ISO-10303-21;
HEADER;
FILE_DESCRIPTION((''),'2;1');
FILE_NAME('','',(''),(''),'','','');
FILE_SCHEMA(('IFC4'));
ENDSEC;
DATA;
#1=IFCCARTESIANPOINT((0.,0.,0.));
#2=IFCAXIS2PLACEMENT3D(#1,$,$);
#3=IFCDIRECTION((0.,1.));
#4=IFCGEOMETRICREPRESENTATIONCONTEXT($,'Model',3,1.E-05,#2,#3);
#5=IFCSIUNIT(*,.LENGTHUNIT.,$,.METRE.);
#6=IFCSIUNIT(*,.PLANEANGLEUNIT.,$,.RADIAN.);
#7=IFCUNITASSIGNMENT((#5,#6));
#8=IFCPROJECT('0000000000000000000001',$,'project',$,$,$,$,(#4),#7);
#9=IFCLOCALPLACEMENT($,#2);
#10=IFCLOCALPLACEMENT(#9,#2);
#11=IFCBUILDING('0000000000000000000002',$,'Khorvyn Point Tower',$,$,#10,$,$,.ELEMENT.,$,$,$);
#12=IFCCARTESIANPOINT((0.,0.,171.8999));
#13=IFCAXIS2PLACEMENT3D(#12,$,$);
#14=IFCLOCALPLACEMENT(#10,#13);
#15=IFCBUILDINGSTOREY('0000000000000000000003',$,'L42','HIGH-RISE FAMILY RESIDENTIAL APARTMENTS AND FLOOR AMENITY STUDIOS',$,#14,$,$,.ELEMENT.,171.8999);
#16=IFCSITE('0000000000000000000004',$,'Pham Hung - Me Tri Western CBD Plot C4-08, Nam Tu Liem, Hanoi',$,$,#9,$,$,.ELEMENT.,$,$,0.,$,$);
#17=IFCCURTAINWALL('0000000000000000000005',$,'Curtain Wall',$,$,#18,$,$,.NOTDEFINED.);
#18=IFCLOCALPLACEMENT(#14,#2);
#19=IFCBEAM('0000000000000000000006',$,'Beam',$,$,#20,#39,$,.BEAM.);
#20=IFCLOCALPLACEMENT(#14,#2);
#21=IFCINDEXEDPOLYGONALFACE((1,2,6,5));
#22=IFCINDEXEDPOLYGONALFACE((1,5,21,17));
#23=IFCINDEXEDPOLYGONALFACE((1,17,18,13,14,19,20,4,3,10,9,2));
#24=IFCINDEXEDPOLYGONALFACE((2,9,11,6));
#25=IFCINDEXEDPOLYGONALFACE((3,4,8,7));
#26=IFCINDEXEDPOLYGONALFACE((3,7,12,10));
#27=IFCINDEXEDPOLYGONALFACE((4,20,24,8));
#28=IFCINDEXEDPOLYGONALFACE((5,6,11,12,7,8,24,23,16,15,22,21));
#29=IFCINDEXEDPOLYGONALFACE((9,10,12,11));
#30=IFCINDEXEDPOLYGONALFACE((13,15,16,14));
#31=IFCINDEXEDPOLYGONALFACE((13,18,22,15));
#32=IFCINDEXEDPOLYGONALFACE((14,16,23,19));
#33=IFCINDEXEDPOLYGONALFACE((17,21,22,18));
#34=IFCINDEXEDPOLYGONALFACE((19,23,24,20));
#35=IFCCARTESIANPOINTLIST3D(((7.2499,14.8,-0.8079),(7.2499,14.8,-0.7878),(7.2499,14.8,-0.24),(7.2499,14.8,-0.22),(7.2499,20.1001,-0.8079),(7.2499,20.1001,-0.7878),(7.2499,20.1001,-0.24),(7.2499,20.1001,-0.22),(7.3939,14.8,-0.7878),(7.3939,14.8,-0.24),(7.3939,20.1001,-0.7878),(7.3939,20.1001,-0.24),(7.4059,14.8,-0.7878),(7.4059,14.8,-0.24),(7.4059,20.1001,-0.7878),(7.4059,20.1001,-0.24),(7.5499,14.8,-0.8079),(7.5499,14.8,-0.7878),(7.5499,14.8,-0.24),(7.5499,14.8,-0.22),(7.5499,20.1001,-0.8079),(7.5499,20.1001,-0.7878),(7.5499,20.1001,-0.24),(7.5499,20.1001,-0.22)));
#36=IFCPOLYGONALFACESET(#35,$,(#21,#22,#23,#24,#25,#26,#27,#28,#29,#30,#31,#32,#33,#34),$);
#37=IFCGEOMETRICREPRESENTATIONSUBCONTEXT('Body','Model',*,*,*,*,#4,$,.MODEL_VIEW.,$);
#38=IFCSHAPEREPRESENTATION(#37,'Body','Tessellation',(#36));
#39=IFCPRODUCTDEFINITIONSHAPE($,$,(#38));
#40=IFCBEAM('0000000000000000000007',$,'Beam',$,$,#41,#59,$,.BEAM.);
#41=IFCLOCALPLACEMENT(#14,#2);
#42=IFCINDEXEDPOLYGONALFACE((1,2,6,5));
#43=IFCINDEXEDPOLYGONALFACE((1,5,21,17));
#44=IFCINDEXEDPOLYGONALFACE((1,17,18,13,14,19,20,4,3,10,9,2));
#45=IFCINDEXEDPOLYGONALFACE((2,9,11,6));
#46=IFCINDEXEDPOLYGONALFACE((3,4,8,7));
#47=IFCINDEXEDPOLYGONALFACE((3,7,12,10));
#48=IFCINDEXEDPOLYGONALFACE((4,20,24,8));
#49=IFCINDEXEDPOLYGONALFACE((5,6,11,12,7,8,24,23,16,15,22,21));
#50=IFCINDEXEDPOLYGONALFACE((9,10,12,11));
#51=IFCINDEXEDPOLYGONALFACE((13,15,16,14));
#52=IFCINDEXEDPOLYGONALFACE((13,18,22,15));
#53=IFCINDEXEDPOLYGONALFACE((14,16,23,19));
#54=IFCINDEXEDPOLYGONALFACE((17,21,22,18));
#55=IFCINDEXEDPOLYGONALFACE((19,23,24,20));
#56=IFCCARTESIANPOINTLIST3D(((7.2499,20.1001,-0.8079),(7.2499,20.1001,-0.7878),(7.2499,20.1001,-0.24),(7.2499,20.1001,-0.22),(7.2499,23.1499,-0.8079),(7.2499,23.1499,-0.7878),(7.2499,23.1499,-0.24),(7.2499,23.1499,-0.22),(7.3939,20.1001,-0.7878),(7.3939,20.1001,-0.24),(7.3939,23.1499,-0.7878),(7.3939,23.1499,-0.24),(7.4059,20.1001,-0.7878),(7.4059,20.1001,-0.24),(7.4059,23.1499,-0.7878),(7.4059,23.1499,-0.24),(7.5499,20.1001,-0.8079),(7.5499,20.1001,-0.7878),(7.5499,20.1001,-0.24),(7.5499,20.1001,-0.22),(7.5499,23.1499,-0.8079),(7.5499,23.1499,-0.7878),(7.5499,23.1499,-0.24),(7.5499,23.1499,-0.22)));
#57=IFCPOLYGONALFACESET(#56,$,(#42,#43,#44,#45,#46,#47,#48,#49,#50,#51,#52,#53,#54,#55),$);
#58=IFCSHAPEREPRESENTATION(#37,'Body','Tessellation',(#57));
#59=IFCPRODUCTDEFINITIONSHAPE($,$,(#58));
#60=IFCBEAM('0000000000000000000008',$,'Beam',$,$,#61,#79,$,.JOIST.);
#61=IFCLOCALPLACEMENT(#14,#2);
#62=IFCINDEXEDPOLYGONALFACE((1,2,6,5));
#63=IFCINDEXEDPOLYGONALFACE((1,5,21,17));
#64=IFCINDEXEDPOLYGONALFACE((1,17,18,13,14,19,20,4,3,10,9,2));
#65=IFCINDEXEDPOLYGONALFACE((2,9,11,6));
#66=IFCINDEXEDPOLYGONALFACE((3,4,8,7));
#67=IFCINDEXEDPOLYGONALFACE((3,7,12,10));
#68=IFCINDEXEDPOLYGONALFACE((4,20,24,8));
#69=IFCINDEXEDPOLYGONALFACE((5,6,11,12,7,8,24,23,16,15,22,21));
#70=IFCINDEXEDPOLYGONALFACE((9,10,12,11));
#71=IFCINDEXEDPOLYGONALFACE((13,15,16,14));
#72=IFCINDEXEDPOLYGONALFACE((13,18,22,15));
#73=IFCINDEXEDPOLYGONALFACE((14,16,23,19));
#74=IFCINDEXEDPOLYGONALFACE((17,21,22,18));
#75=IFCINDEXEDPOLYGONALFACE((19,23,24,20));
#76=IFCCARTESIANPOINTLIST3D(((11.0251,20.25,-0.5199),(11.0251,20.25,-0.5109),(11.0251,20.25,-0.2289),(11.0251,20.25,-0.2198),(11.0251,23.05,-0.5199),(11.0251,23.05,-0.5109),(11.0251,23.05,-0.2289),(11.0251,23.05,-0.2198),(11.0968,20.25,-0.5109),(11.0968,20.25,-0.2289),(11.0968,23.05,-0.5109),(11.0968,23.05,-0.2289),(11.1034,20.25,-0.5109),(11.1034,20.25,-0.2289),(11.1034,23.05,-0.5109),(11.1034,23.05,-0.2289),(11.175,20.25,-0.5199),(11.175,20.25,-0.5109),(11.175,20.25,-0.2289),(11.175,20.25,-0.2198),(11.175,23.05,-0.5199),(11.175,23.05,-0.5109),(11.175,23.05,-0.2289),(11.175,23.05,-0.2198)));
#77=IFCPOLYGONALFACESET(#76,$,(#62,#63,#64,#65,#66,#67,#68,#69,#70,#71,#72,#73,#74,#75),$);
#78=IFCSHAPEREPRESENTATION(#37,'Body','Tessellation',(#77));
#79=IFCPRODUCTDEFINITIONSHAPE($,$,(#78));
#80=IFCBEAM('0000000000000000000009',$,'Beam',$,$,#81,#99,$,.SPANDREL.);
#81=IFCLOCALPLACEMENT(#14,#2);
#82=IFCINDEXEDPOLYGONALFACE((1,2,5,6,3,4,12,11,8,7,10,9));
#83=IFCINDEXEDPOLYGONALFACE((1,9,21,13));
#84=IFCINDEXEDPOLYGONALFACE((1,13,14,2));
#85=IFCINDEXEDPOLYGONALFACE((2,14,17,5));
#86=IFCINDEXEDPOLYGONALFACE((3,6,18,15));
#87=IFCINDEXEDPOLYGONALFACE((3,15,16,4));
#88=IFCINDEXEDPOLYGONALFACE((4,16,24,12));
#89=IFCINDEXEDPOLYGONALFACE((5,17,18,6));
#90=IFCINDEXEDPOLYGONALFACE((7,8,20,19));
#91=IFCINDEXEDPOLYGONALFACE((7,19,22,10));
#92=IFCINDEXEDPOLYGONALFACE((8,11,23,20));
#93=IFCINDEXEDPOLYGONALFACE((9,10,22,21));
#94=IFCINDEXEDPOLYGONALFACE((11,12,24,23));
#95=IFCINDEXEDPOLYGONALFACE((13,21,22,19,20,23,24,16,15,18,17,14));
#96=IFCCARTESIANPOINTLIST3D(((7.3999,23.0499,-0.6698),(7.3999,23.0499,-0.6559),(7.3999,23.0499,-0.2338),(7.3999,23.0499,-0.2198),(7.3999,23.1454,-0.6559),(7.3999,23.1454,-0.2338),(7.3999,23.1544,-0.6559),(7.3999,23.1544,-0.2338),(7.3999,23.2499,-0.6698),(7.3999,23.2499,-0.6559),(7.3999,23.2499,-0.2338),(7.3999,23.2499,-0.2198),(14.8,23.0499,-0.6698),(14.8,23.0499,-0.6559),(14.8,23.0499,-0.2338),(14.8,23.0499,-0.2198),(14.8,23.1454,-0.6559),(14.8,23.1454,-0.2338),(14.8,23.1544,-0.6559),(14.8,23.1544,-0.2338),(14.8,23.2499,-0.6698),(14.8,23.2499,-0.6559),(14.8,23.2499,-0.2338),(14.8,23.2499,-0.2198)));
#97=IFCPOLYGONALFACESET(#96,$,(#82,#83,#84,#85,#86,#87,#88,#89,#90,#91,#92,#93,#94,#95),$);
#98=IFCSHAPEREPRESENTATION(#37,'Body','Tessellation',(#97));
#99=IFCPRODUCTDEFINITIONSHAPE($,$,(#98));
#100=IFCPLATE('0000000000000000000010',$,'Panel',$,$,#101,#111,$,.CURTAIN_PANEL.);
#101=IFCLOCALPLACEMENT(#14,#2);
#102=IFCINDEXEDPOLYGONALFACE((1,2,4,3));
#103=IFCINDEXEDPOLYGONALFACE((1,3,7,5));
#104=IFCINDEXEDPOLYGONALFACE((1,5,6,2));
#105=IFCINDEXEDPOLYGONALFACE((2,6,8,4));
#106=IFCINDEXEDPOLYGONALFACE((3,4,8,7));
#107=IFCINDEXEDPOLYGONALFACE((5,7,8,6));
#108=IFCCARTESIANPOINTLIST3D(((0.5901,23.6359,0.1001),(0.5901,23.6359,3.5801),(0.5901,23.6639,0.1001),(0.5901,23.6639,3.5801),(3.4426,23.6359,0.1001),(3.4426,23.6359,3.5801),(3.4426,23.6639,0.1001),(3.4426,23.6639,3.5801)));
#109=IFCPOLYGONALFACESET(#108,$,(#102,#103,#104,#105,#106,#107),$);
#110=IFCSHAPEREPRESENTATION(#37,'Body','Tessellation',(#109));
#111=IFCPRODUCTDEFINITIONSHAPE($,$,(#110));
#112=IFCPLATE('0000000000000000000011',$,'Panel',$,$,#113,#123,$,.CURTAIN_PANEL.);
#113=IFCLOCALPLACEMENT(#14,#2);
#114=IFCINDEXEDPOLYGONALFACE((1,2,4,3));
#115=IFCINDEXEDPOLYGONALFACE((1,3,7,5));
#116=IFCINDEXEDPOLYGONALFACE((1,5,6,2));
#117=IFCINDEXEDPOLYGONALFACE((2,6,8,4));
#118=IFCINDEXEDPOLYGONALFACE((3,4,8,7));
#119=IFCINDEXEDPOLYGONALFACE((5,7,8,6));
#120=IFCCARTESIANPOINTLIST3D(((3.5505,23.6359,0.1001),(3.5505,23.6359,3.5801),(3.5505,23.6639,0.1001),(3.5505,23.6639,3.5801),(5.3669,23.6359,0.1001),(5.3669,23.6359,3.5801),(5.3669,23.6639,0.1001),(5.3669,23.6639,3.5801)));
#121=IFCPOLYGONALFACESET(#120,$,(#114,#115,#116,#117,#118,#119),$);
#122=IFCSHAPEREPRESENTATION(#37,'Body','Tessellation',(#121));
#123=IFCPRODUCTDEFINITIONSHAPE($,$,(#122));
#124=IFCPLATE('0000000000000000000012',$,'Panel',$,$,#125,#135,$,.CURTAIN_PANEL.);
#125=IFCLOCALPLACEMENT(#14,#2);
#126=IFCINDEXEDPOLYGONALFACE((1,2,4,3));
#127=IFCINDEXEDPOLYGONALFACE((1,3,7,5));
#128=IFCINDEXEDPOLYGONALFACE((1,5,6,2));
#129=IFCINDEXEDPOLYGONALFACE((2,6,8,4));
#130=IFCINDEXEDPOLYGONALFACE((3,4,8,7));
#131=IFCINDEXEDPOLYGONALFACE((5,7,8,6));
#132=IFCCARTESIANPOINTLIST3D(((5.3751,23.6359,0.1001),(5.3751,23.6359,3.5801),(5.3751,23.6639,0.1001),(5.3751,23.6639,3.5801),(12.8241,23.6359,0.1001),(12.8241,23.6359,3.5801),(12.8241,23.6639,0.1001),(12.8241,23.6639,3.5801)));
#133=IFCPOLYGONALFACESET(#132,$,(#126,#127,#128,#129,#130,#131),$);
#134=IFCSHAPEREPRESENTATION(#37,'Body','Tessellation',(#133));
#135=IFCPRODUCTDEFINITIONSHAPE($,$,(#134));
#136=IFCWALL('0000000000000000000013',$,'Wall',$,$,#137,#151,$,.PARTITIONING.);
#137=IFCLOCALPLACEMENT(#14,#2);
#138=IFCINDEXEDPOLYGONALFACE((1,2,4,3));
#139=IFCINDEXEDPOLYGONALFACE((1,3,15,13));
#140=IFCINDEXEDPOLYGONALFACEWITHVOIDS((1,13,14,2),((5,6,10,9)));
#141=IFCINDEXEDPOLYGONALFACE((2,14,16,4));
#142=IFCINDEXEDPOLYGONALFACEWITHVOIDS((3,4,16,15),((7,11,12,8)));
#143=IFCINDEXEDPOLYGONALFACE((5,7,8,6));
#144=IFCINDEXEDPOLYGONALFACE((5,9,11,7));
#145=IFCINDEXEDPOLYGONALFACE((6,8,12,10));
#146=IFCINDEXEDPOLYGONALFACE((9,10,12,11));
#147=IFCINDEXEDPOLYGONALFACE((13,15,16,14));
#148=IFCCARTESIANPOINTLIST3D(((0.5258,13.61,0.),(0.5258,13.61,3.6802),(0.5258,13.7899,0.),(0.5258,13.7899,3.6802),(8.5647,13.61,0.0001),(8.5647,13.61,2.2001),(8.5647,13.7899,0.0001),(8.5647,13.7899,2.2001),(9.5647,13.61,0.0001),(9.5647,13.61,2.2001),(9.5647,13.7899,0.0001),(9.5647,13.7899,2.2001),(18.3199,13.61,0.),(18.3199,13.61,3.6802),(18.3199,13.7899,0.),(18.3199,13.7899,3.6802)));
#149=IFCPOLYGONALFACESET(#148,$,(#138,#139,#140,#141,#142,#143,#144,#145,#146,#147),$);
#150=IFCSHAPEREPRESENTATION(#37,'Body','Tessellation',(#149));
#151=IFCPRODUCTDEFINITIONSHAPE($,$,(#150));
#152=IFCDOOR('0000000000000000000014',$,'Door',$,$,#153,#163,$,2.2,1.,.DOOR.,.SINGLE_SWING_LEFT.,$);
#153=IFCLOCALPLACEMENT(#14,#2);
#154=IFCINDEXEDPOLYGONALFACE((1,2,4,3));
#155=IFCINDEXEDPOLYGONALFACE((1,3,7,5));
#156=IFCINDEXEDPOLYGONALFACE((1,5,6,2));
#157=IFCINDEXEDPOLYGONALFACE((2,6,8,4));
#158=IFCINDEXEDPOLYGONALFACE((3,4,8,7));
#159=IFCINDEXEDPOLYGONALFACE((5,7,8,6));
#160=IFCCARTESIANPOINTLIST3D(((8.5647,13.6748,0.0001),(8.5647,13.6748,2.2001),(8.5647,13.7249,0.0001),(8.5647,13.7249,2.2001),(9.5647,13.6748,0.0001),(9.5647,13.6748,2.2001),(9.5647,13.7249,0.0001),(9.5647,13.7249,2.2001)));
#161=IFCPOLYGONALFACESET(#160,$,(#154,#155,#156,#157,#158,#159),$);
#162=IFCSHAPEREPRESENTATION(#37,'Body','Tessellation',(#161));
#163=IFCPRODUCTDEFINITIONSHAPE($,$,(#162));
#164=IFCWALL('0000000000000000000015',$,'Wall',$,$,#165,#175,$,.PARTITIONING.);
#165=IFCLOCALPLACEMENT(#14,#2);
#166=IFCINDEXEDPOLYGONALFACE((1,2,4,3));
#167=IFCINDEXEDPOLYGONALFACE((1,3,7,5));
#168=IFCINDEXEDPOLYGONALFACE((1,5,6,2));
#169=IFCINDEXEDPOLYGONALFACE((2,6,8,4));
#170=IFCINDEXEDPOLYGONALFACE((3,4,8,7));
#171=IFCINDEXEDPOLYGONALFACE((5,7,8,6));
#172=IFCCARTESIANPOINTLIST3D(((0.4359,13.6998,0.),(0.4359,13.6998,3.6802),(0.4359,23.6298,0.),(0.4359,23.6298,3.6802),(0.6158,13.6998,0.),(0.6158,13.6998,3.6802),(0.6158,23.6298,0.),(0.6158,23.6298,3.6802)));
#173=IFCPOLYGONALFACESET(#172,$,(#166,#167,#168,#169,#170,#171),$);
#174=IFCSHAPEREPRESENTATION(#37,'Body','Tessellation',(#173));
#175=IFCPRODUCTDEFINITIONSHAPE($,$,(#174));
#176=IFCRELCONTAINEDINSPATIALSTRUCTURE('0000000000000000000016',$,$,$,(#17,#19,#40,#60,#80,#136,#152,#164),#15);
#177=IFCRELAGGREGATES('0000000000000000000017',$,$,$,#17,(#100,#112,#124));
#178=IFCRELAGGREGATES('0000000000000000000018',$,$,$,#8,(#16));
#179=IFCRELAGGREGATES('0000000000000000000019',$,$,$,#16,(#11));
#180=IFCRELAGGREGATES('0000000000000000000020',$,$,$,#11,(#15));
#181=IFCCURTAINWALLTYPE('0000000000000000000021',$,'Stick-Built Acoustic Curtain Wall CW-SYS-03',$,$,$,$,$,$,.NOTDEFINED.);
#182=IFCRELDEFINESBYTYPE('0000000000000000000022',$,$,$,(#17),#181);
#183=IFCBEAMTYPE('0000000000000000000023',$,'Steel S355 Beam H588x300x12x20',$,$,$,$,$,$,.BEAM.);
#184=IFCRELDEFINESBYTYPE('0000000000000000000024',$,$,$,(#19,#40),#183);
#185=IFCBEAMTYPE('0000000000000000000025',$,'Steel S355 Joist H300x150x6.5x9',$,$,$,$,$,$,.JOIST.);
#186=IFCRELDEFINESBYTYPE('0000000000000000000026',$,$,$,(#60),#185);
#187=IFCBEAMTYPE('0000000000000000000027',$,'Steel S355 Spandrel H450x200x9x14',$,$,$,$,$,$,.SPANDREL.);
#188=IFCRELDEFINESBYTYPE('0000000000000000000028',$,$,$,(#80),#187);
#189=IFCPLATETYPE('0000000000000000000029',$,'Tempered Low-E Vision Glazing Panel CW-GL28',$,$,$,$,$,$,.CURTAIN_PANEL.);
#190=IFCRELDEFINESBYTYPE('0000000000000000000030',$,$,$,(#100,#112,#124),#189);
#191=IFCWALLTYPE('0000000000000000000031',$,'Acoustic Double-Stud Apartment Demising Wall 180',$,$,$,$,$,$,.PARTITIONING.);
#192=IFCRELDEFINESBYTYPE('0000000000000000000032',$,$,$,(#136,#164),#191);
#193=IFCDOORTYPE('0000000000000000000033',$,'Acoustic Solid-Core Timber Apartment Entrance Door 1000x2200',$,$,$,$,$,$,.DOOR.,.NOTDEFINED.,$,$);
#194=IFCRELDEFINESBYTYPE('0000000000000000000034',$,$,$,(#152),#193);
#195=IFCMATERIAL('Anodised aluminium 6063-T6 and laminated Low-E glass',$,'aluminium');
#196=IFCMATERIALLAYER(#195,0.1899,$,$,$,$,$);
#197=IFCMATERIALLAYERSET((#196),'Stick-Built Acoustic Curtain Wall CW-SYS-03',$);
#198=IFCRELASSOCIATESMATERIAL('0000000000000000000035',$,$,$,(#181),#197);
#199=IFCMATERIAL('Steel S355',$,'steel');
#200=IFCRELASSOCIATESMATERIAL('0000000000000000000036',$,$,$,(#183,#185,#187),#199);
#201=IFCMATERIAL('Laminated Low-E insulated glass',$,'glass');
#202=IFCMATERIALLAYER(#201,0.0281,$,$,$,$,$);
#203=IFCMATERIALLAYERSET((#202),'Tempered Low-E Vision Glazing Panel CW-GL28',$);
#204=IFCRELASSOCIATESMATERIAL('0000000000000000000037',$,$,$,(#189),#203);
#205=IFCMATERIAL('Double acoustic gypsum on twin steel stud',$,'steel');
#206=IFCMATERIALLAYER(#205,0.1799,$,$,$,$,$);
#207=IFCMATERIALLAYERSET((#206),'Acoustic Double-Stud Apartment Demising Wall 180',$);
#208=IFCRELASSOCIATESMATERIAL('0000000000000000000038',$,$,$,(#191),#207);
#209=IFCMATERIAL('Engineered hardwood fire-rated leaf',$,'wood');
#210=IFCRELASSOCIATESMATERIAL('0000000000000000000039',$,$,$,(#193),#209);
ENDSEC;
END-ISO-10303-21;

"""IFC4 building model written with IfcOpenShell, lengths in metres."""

from ifc_helpers import new_model, si_unit, direction, frame, frame_2d, origin, origin_2d, place, context, subcontext, project, spatial, rectangle, i_section, extrude, material, layer, layer_set, material_profile, profile_set, type_object, element, fill, aggregate, save


model = new_model("IFC4")

# Units and contexts
model_context = context("Model", 3, precision=1e-05, world=origin(), true_north=direction((0.0, 1.0)))
body_context = subcontext(model_context, "Body", "Model", "MODEL_VIEW")
ifc_project = project(units=[si_unit("LENGTHUNIT", "METRE"), si_unit("PLANEANGLEUNIT", "RADIAN")], contexts=[model_context])

# Site, building, storey
site_placement = place(None, origin())
site = spatial("IfcSite", under=ifc_project, at=site_placement, Name="Pham Hung - Me Tri Western CBD Plot C4-08, Nam Tu Liem, Hanoi", CompositionType="ELEMENT", RefElevation=0.0)
building_placement = place(site_placement, origin())
building = spatial("IfcBuilding", under=site, at=building_placement, Name="Khorvyn Point Tower", CompositionType="ELEMENT")
storey_placement = place(building_placement, frame((0.0, 0.0, 171.8999)))
storey = spatial("IfcBuildingStorey", under=building, at=storey_placement, Name="L42", Description="HIGH-RISE FAMILY RESIDENTIAL APARTMENTS AND FLOOR AMENITY STUDIOS", CompositionType="ELEMENT", Elevation=171.8999)

# Curtain wall
ifc_material_1 = material(Name="Anodised aluminium 6063-T6 and laminated Low-E glass", Category="aluminium")
ifc_layer_1 = layer(ifc_material_1, 0.1899)
ifc_layer_set_1 = layer_set([ifc_layer_1], Name="Stick-Built Acoustic Curtain Wall CW-SYS-03")
curtain_wall_type = type_object("IfcCurtainWallType", Name="Stick-Built Acoustic Curtain Wall CW-SYS-03", PredefinedType="NOTDEFINED", material=ifc_layer_set_1)
curtain_wall_placement = place(storey_placement, origin())
curtain_wall = element("IfcCurtainWall", 1, at=curtain_wall_placement, inside=storey, type_object=curtain_wall_type, Name="Curtain Wall", PredefinedType="NOTDEFINED")

# Beams
ifc_material_2 = material(Name="Steel S355", Category="steel")
ifc_material_profile_1 = material_profile(ifc_material_2, i_section(OverallWidth=0.3, OverallDepth=0.5879, WebThickness=0.012, FlangeThickness=0.02, at=origin_2d()))
ifc_profile_set_1 = profile_set([ifc_material_profile_1], Name="Steel S355 H588x300x12x20")
beam_type_1 = type_object("IfcBeamType", Name="Steel S355 Beam H588x300x12x20", PredefinedType="BEAM", material=ifc_profile_set_1)
beam_1_placement = place(storey_placement, frame((7.3999, 14.8, -0.5139), z_axis=(0.0, 1.0, 0.0), x_axis=(-1.0, 0.0, 0.0)))
element("IfcBeam", 2, at=beam_1_placement, inside=storey, type_object=beam_type_1, Name="Beam", PredefinedType="BEAM", context=body_context, shape_type="SweptSolid", body=[
    extrude(i_section(OverallWidth=0.3, OverallDepth=0.5879, WebThickness=0.012, FlangeThickness=0.02, at=origin_2d()), origin(), (0.0, 0.0, 1.0), 5.3),
])
beam_2_placement = place(storey_placement, frame((7.3999, 20.1001, -0.5139), z_axis=(0.0, 1.0, 0.0), x_axis=(-1.0, 0.0, 0.0)))
element("IfcBeam", 3, at=beam_2_placement, inside=storey, type_object=beam_type_1, Name="Beam", PredefinedType="BEAM", context=body_context, shape_type="SweptSolid", body=[
    extrude(i_section(OverallWidth=0.3, OverallDepth=0.5879, WebThickness=0.012, FlangeThickness=0.02, at=origin_2d()), origin(), (0.0, 0.0, 1.0), 3.0498),
])
ifc_material_profile_2 = material_profile(ifc_material_2, i_section(OverallWidth=0.1499, OverallDepth=0.3, WebThickness=0.0066, FlangeThickness=0.009, at=origin_2d()))
ifc_profile_set_2 = profile_set([ifc_material_profile_2], Name="Steel S355 H300x150x6.5x9")
beam_type_2 = type_object("IfcBeamType", Name="Steel S355 Joist H300x150x6.5x9", PredefinedType="JOIST", material=ifc_profile_set_2)
beam_3_placement = place(storey_placement, frame((11.1001, 20.25, -0.3699), z_axis=(0.0, 1.0, 0.0), x_axis=(-1.0, 0.0, 0.0)))
element("IfcBeam", 4, at=beam_3_placement, inside=storey, type_object=beam_type_2, Name="Beam", PredefinedType="JOIST", context=body_context, shape_type="SweptSolid", body=[
    extrude(i_section(OverallWidth=0.1499, OverallDepth=0.3, WebThickness=0.0066, FlangeThickness=0.009, at=origin_2d()), origin(), (0.0, 0.0, 1.0), 2.8),
])
ifc_material_profile_3 = material_profile(ifc_material_2, i_section(OverallWidth=0.2, OverallDepth=0.45, WebThickness=0.009, FlangeThickness=0.0139, at=origin_2d()))
ifc_profile_set_3 = profile_set([ifc_material_profile_3], Name="Steel S355 H450x200x9x14")
beam_type_3 = type_object("IfcBeamType", Name="Steel S355 Spandrel H450x200x9x14", PredefinedType="SPANDREL", material=ifc_profile_set_3)
beam_4_placement = place(storey_placement, frame((7.3999, 23.1499, -0.4448), z_axis=(1.0, 0.0, 0.0), x_axis=(0.0, 1.0, 0.0)))
element("IfcBeam", 5, at=beam_4_placement, inside=storey, type_object=beam_type_3, Name="Beam", PredefinedType="SPANDREL", context=body_context, shape_type="SweptSolid", body=[
    extrude(i_section(OverallWidth=0.2, OverallDepth=0.45, WebThickness=0.009, FlangeThickness=0.0139, at=origin_2d()), origin(), (0.0, 0.0, 1.0), 7.4001),
])

# Plates
ifc_material_3 = material(Name="Laminated Low-E insulated glass", Category="glass")
ifc_layer_2 = layer(ifc_material_3, 0.0281)
ifc_layer_set_2 = layer_set([ifc_layer_2], Name="Tempered Low-E Vision Glazing Panel CW-GL28")
plate_type = type_object("IfcPlateType", Name="Tempered Low-E Vision Glazing Panel CW-GL28", PredefinedType="CURTAIN_PANEL", material=ifc_layer_set_2)
plate_1_placement = place(storey_placement, frame((2.0164, 23.6499, 0.1001), z_axis=(0.0, 0.0, 1.0), x_axis=(1.0, 0.0, 0.0)))
plate_1 = element("IfcPlate", 6, at=plate_1_placement, type_object=plate_type, Name="Panel", PredefinedType="CURTAIN_PANEL", context=body_context, shape_type="SweptSolid", body=[
    extrude(rectangle(XDim=2.8525, YDim=0.0281, at=origin_2d()), origin(), (0.0, 0.0, 1.0), 3.48),
])
plate_2_placement = place(storey_placement, frame((4.4587, 23.6499, 0.1001), z_axis=(0.0, 0.0, 1.0), x_axis=(1.0, 0.0, 0.0)))
plate_2 = element("IfcPlate", 7, at=plate_2_placement, type_object=plate_type, Name="Panel", PredefinedType="CURTAIN_PANEL", context=body_context, shape_type="SweptSolid", body=[
    extrude(rectangle(XDim=1.8164, YDim=0.0281, at=origin_2d()), origin(), (0.0, 0.0, 1.0), 3.48),
])
plate_3_placement = place(storey_placement, frame((9.0996, 23.6499, 0.1001), z_axis=(0.0, 0.0, 1.0), x_axis=(1.0, 0.0, 0.0)))
plate_3 = element("IfcPlate", 8, at=plate_3_placement, type_object=plate_type, Name="Panel", PredefinedType="CURTAIN_PANEL", context=body_context, shape_type="SweptSolid", body=[
    extrude(rectangle(XDim=7.449, YDim=0.0281, at=origin_2d()), origin(), (0.0, 0.0, 1.0), 3.48),
])
aggregate(curtain_wall, [plate_1, plate_2, plate_3])

# Wall, opening, door
ifc_material_4 = material(Name="Double acoustic gypsum on twin steel stud", Category="steel")
ifc_layer_3 = layer(ifc_material_4, 0.1799)
ifc_layer_set_3 = layer_set([ifc_layer_3], Name="Acoustic Double-Stud Apartment Demising Wall 180")
wall_type_1 = type_object("IfcWallType", Name="Acoustic Double-Stud Apartment Demising Wall 180", PredefinedType="PARTITIONING", material=ifc_layer_set_3)
wall_1_placement = place(storey_placement, frame((0.5259, 13.7, 0.0), z_axis=(0.0, 0.0, 1.0), x_axis=(1.0, 0.0, 0.0)))
wall_1 = element("IfcWall", 9, at=wall_1_placement, inside=storey, type_object=wall_type_1, Name="Wall", PredefinedType="PARTITIONING", context=body_context, shape_type="SweptSolid", body=[
    extrude(rectangle(XDim=17.7942, YDim=0.1799, at=frame_2d((8.897, 0.0))), origin(), (0.0, 0.0, 1.0), 3.6802),
])
opening_1_placement = place(wall_1_placement, frame((8.0388, 0.0, 0.0)))
opening_1 = element("IfcOpeningElement", 10, at=opening_1_placement, cuts=wall_1, PredefinedType="OPENING", context=body_context, shape_type="SweptSolid", body=[
    extrude(rectangle(XDim=1.0, YDim=2.2, at=frame_2d((0.5, 1.1001))), frame((0.0, 0.0999, 0.0), z_axis=(0.0, -1.0, 0.0), x_axis=(1.0, 0.0, 0.0)), (0.0, 0.0, 1.0), 0.2),
])
ifc_material_5 = material(Name="Engineered hardwood fire-rated leaf", Category="wood")
door_type_1 = type_object("IfcDoorType", Name="Acoustic Solid-Core Timber Apartment Entrance Door 1000x2200", OperationType="NOTDEFINED", PredefinedType="DOOR", material=ifc_material_5)
door_1_placement = place(opening_1_placement, origin())
door_1 = element("IfcDoor", 11, at=door_1_placement, inside=storey, type_object=door_type_1, Name="Door", OperationType="SINGLE_SWING_LEFT", OverallHeight=2.2, OverallWidth=1.0, PredefinedType="DOOR", context=body_context, shape_type="SweptSolid", body=[
    extrude(rectangle(XDim=1.0, YDim=2.2, at=frame_2d((0.5, 1.1001))), frame((0.0, 0.0249, 0.0), z_axis=(0.0, -1.0, 0.0), x_axis=(1.0, 0.0, 0.0)), (0.0, 0.0, 1.0), 0.05),
])
fill(opening_1, door_1)

# Wall
wall_2_placement = place(storey_placement, frame((0.5259, 13.7, 0.0), z_axis=(0.0, 0.0, 1.0), x_axis=(0.0, 1.0, 0.0)))
element("IfcWall", 12, at=wall_2_placement, inside=storey, type_object=wall_type_1, Name="Wall", PredefinedType="PARTITIONING", context=body_context, shape_type="SweptSolid", body=[
    extrude(rectangle(XDim=9.9299, YDim=0.1799, at=frame_2d((4.9648, 0.0))), origin(), (0.0, 0.0, 1.0), 3.6802),
])

save(model, "model.ifc")
